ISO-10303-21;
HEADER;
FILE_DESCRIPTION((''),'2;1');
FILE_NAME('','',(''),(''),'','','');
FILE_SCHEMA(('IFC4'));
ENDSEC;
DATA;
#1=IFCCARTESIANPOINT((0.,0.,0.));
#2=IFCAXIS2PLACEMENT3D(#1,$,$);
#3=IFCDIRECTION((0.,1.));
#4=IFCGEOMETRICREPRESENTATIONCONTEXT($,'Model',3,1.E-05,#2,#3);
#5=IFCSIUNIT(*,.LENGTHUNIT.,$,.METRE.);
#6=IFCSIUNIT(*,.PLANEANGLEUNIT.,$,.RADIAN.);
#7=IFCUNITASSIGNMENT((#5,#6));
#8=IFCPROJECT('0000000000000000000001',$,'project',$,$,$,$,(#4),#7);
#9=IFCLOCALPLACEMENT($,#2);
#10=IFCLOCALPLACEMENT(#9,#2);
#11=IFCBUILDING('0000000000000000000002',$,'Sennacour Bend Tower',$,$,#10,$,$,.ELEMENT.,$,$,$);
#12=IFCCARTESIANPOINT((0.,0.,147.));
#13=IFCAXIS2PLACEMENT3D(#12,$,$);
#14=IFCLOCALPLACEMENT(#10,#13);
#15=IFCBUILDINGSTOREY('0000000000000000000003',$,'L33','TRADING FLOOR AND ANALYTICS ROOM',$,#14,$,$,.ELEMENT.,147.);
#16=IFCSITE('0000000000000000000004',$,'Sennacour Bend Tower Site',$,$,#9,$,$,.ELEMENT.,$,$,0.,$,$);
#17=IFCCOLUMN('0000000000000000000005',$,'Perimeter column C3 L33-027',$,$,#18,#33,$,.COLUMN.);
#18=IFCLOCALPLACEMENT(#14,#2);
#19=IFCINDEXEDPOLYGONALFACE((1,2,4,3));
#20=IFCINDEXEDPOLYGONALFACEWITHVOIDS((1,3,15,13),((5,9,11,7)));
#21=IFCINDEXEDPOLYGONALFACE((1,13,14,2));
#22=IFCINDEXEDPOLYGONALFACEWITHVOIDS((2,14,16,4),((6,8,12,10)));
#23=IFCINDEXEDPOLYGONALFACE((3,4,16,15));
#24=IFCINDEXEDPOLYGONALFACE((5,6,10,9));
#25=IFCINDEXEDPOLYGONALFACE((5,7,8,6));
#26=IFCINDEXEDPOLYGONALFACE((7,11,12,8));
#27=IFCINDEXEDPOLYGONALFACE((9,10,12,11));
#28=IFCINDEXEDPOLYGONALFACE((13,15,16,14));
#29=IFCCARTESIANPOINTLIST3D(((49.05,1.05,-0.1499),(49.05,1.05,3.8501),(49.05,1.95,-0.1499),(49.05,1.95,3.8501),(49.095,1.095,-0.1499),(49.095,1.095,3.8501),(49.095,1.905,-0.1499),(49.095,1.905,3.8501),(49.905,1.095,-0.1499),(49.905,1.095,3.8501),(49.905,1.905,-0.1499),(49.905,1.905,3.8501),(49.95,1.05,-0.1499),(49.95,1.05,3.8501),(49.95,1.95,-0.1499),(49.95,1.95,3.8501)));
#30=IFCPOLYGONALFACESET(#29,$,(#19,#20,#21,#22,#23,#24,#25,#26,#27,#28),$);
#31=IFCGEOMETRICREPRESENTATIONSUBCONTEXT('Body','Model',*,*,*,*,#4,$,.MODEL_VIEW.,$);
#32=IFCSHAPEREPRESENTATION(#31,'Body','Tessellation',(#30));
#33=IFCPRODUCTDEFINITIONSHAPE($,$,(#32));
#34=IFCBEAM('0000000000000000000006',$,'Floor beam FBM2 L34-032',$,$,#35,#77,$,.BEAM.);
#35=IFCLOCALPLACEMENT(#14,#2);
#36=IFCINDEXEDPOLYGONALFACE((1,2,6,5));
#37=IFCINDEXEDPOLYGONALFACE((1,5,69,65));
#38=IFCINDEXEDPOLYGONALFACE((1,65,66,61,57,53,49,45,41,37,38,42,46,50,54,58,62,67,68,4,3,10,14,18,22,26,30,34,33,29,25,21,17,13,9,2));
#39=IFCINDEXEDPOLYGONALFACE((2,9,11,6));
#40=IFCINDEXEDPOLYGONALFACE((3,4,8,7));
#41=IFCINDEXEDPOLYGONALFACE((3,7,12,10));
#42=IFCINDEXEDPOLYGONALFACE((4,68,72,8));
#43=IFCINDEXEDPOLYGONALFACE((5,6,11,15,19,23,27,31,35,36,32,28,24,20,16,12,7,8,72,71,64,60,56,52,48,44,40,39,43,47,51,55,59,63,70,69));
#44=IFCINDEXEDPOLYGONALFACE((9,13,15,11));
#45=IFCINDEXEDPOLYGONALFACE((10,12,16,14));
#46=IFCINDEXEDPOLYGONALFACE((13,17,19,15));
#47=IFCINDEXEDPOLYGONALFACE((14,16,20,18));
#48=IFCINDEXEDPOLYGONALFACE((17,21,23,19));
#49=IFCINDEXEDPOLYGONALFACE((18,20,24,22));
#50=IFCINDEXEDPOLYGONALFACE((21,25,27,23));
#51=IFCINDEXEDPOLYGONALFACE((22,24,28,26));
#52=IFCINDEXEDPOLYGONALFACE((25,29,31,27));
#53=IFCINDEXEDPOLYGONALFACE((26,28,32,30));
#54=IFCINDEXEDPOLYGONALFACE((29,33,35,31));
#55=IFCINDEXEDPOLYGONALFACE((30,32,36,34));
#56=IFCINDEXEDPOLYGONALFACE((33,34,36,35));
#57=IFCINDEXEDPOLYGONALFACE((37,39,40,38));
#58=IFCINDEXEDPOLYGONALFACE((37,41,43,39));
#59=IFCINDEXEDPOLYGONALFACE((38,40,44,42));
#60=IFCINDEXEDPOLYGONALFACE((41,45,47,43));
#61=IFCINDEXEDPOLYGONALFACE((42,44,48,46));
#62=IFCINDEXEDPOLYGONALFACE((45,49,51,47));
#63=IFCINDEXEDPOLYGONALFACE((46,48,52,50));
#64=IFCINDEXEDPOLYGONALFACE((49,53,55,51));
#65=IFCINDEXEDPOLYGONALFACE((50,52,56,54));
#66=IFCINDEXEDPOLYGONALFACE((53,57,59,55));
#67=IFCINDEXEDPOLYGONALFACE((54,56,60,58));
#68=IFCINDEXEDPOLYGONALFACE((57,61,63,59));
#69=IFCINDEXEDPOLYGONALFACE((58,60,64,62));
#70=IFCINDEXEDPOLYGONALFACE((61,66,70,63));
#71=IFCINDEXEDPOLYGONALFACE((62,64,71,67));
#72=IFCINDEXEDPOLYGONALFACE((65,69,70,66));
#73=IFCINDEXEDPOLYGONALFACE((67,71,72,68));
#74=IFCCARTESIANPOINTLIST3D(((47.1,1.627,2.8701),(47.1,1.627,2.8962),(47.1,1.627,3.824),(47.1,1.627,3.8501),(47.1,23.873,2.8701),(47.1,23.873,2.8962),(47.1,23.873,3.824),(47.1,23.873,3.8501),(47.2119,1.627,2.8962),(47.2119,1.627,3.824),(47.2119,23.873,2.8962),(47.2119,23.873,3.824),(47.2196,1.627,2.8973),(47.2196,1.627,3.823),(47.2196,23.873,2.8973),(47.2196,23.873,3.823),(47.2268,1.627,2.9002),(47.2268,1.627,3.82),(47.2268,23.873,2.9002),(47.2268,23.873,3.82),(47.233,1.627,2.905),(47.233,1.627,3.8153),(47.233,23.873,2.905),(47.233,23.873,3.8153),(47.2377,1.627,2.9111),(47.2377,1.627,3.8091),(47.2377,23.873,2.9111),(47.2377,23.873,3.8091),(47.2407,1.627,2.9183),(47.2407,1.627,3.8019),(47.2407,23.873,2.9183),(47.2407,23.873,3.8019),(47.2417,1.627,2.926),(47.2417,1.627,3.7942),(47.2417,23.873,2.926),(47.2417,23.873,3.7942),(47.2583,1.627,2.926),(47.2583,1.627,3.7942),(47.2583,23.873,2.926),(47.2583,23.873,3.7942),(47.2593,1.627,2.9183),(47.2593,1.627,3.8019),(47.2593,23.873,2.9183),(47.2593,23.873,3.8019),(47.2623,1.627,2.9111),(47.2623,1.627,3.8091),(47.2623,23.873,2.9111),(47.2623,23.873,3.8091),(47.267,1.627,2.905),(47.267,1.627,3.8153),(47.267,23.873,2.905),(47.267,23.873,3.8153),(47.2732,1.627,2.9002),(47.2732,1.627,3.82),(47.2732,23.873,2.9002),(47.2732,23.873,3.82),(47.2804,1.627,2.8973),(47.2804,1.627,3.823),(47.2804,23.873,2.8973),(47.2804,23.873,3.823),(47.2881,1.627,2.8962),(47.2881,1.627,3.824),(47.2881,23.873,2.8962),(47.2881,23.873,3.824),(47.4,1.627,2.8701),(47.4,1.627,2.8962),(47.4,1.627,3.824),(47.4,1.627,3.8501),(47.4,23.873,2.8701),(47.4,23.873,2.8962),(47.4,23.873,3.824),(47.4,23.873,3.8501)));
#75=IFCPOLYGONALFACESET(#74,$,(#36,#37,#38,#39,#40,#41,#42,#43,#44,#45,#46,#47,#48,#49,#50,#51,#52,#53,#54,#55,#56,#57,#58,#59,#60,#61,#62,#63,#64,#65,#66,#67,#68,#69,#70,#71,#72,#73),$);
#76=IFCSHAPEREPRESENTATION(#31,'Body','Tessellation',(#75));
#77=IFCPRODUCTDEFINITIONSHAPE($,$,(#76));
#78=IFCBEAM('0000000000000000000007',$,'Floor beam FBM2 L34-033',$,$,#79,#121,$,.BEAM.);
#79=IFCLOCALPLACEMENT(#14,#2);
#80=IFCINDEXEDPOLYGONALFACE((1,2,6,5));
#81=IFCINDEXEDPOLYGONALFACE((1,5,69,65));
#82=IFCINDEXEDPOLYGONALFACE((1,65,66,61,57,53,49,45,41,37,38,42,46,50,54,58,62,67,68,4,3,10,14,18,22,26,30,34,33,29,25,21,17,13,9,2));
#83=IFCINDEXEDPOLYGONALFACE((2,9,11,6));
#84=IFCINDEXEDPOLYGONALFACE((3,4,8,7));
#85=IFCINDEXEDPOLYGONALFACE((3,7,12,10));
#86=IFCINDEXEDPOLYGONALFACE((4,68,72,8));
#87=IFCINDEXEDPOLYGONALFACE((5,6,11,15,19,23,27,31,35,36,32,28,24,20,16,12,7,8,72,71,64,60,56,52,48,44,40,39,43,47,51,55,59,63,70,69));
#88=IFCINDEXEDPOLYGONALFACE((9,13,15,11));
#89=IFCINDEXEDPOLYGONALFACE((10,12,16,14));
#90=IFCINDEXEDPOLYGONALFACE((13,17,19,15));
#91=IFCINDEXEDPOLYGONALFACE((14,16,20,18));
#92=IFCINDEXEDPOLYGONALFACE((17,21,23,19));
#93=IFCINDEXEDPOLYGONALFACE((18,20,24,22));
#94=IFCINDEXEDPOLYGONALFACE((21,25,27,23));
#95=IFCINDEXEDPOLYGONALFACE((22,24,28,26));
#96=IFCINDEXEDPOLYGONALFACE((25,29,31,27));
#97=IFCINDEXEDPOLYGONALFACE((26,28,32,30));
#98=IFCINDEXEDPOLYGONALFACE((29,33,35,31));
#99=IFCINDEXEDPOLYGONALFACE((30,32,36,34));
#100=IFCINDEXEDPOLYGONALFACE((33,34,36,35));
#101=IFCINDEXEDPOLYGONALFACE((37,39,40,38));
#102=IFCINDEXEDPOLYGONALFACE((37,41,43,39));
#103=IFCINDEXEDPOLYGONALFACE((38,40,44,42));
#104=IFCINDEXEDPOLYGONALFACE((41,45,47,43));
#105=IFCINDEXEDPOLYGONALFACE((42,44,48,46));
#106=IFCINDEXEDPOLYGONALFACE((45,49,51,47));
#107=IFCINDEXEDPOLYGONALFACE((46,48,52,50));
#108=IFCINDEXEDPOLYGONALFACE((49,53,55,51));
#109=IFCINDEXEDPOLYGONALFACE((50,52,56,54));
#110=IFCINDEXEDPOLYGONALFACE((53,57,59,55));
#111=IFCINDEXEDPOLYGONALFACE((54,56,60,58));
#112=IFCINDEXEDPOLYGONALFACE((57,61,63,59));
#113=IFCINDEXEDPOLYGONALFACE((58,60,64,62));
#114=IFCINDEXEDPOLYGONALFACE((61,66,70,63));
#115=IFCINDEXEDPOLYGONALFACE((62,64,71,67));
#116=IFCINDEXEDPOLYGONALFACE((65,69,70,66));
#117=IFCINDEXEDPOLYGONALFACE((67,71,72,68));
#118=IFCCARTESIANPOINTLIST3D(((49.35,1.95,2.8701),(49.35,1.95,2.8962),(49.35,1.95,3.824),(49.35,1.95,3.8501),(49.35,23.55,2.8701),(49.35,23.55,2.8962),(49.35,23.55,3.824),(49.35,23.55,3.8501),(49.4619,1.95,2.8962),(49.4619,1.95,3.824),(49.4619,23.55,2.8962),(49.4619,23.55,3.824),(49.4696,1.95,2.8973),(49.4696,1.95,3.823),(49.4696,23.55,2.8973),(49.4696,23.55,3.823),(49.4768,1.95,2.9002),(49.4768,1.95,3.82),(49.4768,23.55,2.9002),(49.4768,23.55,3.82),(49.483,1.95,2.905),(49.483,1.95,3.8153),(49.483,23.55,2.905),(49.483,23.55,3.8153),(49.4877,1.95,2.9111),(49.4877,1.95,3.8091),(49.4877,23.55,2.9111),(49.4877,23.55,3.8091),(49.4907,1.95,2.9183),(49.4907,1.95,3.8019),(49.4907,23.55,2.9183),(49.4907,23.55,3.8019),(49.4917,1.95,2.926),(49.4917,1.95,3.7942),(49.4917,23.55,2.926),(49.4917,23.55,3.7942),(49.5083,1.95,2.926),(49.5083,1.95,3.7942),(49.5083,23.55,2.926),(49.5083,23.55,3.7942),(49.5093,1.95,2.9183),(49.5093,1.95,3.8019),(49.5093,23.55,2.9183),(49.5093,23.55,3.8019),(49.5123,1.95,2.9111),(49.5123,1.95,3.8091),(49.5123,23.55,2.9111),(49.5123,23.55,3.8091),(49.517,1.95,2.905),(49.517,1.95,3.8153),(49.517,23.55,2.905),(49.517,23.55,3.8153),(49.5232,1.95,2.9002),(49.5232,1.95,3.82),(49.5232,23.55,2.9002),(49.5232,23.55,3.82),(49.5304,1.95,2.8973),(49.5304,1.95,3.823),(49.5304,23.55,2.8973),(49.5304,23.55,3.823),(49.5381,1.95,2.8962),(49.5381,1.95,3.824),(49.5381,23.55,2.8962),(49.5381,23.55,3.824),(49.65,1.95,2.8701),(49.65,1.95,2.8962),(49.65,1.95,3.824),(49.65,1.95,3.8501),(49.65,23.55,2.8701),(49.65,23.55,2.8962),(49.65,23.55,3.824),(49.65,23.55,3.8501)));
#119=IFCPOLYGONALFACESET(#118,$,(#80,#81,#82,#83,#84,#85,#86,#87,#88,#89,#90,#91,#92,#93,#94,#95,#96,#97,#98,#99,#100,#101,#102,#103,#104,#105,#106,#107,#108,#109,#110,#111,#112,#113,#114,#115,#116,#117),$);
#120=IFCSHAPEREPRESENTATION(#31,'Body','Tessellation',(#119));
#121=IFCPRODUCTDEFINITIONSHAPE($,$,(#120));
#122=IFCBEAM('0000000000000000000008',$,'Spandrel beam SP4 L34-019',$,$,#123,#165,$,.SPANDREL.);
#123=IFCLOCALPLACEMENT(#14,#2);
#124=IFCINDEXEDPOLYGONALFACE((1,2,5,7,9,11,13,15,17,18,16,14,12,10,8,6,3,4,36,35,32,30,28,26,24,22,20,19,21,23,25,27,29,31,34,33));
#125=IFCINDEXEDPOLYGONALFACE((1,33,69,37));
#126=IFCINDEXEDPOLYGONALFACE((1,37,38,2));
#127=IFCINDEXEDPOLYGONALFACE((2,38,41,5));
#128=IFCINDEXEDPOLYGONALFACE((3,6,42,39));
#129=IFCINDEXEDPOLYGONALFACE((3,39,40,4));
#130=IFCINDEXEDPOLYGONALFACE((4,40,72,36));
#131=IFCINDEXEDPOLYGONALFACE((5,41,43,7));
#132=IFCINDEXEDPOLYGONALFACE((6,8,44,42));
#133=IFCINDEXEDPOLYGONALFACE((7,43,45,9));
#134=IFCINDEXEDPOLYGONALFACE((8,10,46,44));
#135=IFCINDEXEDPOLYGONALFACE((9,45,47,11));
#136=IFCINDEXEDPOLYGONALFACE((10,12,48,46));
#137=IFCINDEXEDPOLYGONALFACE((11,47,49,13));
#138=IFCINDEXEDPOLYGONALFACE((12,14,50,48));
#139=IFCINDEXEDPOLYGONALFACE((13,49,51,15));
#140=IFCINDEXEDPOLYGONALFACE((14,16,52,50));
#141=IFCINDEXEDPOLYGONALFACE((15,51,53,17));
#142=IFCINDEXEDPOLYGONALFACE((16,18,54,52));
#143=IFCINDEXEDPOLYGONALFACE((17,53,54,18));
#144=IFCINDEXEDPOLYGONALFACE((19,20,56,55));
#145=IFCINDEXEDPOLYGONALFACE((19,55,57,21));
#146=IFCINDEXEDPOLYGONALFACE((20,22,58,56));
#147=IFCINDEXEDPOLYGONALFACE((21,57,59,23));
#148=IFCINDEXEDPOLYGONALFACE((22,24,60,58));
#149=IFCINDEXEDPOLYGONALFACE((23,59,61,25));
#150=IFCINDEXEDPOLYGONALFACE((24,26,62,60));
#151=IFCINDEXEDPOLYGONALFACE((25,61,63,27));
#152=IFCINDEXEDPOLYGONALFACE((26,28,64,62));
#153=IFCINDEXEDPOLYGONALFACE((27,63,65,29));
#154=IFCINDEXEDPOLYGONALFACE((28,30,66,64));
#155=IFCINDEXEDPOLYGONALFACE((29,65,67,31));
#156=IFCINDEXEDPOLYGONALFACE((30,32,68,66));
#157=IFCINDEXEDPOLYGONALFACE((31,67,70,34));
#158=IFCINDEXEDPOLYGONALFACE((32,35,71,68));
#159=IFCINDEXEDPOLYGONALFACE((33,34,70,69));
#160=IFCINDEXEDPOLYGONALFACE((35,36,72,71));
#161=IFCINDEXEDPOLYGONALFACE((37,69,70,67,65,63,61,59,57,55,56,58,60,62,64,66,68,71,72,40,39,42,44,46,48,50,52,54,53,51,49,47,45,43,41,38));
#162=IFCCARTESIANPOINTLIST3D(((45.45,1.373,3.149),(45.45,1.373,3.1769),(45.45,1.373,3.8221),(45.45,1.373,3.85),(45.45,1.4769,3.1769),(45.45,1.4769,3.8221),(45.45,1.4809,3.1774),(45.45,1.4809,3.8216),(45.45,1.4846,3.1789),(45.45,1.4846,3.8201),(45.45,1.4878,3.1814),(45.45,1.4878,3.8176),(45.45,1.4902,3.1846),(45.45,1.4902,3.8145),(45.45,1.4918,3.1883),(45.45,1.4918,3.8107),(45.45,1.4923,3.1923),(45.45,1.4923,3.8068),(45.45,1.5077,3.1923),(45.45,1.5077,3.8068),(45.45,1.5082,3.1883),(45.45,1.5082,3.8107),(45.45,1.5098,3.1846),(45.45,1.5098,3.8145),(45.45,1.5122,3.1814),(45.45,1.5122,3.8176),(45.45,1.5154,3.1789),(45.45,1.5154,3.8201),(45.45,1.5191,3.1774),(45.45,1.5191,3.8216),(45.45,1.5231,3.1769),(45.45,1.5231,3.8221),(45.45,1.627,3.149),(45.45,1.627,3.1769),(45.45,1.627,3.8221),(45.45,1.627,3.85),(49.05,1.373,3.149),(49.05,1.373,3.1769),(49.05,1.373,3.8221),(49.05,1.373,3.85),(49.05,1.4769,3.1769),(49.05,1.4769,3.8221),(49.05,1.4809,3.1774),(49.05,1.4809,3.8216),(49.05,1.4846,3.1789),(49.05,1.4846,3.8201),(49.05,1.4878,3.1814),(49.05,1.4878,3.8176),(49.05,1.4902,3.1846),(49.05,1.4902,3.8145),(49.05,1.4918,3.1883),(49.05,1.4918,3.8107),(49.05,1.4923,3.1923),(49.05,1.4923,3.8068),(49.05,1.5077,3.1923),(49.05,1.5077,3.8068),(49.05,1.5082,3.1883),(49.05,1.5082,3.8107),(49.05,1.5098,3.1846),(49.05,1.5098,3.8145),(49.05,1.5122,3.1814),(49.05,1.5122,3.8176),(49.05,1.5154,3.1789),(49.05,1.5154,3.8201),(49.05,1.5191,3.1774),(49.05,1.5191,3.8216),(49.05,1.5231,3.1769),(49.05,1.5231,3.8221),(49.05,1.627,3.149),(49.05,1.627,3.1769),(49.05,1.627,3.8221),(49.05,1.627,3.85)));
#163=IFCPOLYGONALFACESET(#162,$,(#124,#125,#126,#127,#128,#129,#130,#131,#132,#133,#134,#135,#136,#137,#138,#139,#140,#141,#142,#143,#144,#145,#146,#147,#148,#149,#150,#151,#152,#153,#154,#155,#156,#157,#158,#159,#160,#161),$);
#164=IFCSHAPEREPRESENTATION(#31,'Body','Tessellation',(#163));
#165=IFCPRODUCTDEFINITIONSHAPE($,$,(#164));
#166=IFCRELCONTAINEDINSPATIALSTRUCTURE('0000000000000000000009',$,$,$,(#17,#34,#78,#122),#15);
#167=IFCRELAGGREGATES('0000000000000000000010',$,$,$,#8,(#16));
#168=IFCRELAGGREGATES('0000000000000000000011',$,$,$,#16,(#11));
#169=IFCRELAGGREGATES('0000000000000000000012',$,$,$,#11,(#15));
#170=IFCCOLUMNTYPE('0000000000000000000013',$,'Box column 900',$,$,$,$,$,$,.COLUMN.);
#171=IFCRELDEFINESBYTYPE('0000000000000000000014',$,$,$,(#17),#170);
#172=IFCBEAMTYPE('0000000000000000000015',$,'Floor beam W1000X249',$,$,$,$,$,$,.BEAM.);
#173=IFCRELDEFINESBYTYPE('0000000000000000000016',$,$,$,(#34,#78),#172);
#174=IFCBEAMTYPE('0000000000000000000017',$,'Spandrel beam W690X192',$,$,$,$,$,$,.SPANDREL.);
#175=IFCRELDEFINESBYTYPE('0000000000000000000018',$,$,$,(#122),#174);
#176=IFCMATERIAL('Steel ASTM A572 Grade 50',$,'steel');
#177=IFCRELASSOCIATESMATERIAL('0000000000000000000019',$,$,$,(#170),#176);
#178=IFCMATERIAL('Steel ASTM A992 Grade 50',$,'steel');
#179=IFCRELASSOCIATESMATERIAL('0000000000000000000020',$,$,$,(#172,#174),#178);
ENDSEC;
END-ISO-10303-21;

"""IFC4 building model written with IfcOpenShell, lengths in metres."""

from ifc_helpers import new_model, si_unit, direction, frame, origin, origin_2d, place, context, subcontext, project, spatial, hollow_rectangle, i_section, extrude, material, material_profile, profile_set, type_object, element, save


model = new_model("IFC4")

# Units and contexts
model_context = context("Model", 3, precision=1e-05, world=origin(), true_north=direction((0.0, 1.0)))
body_context = subcontext(model_context, "Body", "Model", "MODEL_VIEW")
ifc_project = project(units=[si_unit("LENGTHUNIT", "METRE"), si_unit("PLANEANGLEUNIT", "RADIAN")], contexts=[model_context])

# Site, building, storey
site_placement = place(None, origin())
site = spatial("IfcSite", under=ifc_project, at=site_placement, Name="Sennacour Bend Tower Site", CompositionType="ELEMENT", RefElevation=0.0)
building_placement = place(site_placement, origin())
building = spatial("IfcBuilding", under=site, at=building_placement, Name="Sennacour Bend Tower", CompositionType="ELEMENT")
storey_placement = place(building_placement, frame((0.0, 0.0, 147.0)))
storey = spatial("IfcBuildingStorey", under=building, at=storey_placement, Name="L33", Description="TRADING FLOOR AND ANALYTICS ROOM", CompositionType="ELEMENT", Elevation=147.0)

# Column
ifc_material_1 = material(Name="Steel ASTM A572 Grade 50", Category="steel")
ifc_material_profile_1 = material_profile(ifc_material_1, hollow_rectangle(XDim=0.8999, YDim=0.8999, WallThickness=0.0449, at=origin_2d()), Name="Steel ASTM A572 Grade 50", Category="steel")
ifc_profile_set_1 = profile_set([ifc_material_profile_1], Name="Steel ASTM A572 Grade 50")
column_type = type_object("IfcColumnType", Name="Box column 900", PredefinedType="COLUMN", material=ifc_profile_set_1)
column_placement = place(storey_placement, frame((49.5, 1.5, -0.1499), z_axis=(0.0, 0.0, 1.0), x_axis=(1.0, 0.0, 0.0)))
element("IfcColumn", 1, at=column_placement, inside=storey, type_object=column_type, Name="Perimeter column C3 L33-027", PredefinedType="COLUMN", context=body_context, shape_type="SweptSolid", body=[
    extrude(hollow_rectangle(XDim=0.8999, YDim=0.8999, WallThickness=0.0449, at=origin_2d()), origin(), (0.0, 0.0, 1.0), 4.0),
])

# Beams
ifc_material_2 = material(Name="Steel ASTM A992 Grade 50", Category="steel")
ifc_material_profile_2 = material_profile(ifc_material_2, i_section(OverallWidth=0.3, OverallDepth=0.98, WebThickness=0.0166, FlangeThickness=0.0261, FilletRadius=0.0298, at=origin_2d()), Name="Steel ASTM A992 Grade 50", Category="steel")
ifc_profile_set_2 = profile_set([ifc_material_profile_2], Name="Steel ASTM A992 Grade 50")
beam_type_1 = type_object("IfcBeamType", Name="Floor beam W1000X249", PredefinedType="BEAM", material=ifc_profile_set_2)
beam_1_placement = place(storey_placement, frame((47.25, 1.627, 3.3601), z_axis=(0.0, 1.0, 0.0), x_axis=(-1.0, 0.0, 0.0)))
element("IfcBeam", 2, at=beam_1_placement, inside=storey, type_object=beam_type_1, Name="Floor beam FBM2 L34-032", PredefinedType="BEAM", context=body_context, shape_type="SweptSolid", body=[
    extrude(i_section(OverallWidth=0.3, OverallDepth=0.98, WebThickness=0.0166, FlangeThickness=0.0261, FilletRadius=0.0298, at=origin_2d()), origin(), (0.0, 0.0, 1.0), 22.2461),
])
beam_2_placement = place(storey_placement, frame((49.5, 1.95, 3.3601), z_axis=(0.0, 1.0, 0.0), x_axis=(-1.0, 0.0, 0.0)))
element("IfcBeam", 3, at=beam_2_placement, inside=storey, type_object=beam_type_1, Name="Floor beam FBM2 L34-033", PredefinedType="BEAM", context=body_context, shape_type="SweptSolid", body=[
    extrude(i_section(OverallWidth=0.3, OverallDepth=0.98, WebThickness=0.0166, FlangeThickness=0.0261, FilletRadius=0.0298, at=origin_2d()), origin(), (0.0, 0.0, 1.0), 21.6001),
])
ifc_material_profile_3 = material_profile(ifc_material_2, i_section(OverallWidth=0.2539, OverallDepth=0.7009, WebThickness=0.0154, FlangeThickness=0.0278, FilletRadius=0.0154, at=origin_2d()), Name="Steel ASTM A992 Grade 50", Category="steel")
ifc_profile_set_3 = profile_set([ifc_material_profile_3], Name="Steel ASTM A992 Grade 50")
beam_type_2 = type_object("IfcBeamType", Name="Spandrel beam W690X192", PredefinedType="SPANDREL", material=ifc_profile_set_3)
beam_3_placement = place(storey_placement, frame((49.05, 1.5, 3.4995), z_axis=(-1.0, 0.0, 0.0), x_axis=(0.0, -1.0, 0.0)))
element("IfcBeam", 4, at=beam_3_placement, inside=storey, type_object=beam_type_2, Name="Spandrel beam SP4 L34-019", PredefinedType="SPANDREL", context=body_context, shape_type="SweptSolid", body=[
    extrude(i_section(OverallWidth=0.2539, OverallDepth=0.7009, WebThickness=0.0154, FlangeThickness=0.0278, FilletRadius=0.0154, at=origin_2d()), origin(), (0.0, 0.0, 1.0), 3.6001),
])

save(model, "model.ifc")
